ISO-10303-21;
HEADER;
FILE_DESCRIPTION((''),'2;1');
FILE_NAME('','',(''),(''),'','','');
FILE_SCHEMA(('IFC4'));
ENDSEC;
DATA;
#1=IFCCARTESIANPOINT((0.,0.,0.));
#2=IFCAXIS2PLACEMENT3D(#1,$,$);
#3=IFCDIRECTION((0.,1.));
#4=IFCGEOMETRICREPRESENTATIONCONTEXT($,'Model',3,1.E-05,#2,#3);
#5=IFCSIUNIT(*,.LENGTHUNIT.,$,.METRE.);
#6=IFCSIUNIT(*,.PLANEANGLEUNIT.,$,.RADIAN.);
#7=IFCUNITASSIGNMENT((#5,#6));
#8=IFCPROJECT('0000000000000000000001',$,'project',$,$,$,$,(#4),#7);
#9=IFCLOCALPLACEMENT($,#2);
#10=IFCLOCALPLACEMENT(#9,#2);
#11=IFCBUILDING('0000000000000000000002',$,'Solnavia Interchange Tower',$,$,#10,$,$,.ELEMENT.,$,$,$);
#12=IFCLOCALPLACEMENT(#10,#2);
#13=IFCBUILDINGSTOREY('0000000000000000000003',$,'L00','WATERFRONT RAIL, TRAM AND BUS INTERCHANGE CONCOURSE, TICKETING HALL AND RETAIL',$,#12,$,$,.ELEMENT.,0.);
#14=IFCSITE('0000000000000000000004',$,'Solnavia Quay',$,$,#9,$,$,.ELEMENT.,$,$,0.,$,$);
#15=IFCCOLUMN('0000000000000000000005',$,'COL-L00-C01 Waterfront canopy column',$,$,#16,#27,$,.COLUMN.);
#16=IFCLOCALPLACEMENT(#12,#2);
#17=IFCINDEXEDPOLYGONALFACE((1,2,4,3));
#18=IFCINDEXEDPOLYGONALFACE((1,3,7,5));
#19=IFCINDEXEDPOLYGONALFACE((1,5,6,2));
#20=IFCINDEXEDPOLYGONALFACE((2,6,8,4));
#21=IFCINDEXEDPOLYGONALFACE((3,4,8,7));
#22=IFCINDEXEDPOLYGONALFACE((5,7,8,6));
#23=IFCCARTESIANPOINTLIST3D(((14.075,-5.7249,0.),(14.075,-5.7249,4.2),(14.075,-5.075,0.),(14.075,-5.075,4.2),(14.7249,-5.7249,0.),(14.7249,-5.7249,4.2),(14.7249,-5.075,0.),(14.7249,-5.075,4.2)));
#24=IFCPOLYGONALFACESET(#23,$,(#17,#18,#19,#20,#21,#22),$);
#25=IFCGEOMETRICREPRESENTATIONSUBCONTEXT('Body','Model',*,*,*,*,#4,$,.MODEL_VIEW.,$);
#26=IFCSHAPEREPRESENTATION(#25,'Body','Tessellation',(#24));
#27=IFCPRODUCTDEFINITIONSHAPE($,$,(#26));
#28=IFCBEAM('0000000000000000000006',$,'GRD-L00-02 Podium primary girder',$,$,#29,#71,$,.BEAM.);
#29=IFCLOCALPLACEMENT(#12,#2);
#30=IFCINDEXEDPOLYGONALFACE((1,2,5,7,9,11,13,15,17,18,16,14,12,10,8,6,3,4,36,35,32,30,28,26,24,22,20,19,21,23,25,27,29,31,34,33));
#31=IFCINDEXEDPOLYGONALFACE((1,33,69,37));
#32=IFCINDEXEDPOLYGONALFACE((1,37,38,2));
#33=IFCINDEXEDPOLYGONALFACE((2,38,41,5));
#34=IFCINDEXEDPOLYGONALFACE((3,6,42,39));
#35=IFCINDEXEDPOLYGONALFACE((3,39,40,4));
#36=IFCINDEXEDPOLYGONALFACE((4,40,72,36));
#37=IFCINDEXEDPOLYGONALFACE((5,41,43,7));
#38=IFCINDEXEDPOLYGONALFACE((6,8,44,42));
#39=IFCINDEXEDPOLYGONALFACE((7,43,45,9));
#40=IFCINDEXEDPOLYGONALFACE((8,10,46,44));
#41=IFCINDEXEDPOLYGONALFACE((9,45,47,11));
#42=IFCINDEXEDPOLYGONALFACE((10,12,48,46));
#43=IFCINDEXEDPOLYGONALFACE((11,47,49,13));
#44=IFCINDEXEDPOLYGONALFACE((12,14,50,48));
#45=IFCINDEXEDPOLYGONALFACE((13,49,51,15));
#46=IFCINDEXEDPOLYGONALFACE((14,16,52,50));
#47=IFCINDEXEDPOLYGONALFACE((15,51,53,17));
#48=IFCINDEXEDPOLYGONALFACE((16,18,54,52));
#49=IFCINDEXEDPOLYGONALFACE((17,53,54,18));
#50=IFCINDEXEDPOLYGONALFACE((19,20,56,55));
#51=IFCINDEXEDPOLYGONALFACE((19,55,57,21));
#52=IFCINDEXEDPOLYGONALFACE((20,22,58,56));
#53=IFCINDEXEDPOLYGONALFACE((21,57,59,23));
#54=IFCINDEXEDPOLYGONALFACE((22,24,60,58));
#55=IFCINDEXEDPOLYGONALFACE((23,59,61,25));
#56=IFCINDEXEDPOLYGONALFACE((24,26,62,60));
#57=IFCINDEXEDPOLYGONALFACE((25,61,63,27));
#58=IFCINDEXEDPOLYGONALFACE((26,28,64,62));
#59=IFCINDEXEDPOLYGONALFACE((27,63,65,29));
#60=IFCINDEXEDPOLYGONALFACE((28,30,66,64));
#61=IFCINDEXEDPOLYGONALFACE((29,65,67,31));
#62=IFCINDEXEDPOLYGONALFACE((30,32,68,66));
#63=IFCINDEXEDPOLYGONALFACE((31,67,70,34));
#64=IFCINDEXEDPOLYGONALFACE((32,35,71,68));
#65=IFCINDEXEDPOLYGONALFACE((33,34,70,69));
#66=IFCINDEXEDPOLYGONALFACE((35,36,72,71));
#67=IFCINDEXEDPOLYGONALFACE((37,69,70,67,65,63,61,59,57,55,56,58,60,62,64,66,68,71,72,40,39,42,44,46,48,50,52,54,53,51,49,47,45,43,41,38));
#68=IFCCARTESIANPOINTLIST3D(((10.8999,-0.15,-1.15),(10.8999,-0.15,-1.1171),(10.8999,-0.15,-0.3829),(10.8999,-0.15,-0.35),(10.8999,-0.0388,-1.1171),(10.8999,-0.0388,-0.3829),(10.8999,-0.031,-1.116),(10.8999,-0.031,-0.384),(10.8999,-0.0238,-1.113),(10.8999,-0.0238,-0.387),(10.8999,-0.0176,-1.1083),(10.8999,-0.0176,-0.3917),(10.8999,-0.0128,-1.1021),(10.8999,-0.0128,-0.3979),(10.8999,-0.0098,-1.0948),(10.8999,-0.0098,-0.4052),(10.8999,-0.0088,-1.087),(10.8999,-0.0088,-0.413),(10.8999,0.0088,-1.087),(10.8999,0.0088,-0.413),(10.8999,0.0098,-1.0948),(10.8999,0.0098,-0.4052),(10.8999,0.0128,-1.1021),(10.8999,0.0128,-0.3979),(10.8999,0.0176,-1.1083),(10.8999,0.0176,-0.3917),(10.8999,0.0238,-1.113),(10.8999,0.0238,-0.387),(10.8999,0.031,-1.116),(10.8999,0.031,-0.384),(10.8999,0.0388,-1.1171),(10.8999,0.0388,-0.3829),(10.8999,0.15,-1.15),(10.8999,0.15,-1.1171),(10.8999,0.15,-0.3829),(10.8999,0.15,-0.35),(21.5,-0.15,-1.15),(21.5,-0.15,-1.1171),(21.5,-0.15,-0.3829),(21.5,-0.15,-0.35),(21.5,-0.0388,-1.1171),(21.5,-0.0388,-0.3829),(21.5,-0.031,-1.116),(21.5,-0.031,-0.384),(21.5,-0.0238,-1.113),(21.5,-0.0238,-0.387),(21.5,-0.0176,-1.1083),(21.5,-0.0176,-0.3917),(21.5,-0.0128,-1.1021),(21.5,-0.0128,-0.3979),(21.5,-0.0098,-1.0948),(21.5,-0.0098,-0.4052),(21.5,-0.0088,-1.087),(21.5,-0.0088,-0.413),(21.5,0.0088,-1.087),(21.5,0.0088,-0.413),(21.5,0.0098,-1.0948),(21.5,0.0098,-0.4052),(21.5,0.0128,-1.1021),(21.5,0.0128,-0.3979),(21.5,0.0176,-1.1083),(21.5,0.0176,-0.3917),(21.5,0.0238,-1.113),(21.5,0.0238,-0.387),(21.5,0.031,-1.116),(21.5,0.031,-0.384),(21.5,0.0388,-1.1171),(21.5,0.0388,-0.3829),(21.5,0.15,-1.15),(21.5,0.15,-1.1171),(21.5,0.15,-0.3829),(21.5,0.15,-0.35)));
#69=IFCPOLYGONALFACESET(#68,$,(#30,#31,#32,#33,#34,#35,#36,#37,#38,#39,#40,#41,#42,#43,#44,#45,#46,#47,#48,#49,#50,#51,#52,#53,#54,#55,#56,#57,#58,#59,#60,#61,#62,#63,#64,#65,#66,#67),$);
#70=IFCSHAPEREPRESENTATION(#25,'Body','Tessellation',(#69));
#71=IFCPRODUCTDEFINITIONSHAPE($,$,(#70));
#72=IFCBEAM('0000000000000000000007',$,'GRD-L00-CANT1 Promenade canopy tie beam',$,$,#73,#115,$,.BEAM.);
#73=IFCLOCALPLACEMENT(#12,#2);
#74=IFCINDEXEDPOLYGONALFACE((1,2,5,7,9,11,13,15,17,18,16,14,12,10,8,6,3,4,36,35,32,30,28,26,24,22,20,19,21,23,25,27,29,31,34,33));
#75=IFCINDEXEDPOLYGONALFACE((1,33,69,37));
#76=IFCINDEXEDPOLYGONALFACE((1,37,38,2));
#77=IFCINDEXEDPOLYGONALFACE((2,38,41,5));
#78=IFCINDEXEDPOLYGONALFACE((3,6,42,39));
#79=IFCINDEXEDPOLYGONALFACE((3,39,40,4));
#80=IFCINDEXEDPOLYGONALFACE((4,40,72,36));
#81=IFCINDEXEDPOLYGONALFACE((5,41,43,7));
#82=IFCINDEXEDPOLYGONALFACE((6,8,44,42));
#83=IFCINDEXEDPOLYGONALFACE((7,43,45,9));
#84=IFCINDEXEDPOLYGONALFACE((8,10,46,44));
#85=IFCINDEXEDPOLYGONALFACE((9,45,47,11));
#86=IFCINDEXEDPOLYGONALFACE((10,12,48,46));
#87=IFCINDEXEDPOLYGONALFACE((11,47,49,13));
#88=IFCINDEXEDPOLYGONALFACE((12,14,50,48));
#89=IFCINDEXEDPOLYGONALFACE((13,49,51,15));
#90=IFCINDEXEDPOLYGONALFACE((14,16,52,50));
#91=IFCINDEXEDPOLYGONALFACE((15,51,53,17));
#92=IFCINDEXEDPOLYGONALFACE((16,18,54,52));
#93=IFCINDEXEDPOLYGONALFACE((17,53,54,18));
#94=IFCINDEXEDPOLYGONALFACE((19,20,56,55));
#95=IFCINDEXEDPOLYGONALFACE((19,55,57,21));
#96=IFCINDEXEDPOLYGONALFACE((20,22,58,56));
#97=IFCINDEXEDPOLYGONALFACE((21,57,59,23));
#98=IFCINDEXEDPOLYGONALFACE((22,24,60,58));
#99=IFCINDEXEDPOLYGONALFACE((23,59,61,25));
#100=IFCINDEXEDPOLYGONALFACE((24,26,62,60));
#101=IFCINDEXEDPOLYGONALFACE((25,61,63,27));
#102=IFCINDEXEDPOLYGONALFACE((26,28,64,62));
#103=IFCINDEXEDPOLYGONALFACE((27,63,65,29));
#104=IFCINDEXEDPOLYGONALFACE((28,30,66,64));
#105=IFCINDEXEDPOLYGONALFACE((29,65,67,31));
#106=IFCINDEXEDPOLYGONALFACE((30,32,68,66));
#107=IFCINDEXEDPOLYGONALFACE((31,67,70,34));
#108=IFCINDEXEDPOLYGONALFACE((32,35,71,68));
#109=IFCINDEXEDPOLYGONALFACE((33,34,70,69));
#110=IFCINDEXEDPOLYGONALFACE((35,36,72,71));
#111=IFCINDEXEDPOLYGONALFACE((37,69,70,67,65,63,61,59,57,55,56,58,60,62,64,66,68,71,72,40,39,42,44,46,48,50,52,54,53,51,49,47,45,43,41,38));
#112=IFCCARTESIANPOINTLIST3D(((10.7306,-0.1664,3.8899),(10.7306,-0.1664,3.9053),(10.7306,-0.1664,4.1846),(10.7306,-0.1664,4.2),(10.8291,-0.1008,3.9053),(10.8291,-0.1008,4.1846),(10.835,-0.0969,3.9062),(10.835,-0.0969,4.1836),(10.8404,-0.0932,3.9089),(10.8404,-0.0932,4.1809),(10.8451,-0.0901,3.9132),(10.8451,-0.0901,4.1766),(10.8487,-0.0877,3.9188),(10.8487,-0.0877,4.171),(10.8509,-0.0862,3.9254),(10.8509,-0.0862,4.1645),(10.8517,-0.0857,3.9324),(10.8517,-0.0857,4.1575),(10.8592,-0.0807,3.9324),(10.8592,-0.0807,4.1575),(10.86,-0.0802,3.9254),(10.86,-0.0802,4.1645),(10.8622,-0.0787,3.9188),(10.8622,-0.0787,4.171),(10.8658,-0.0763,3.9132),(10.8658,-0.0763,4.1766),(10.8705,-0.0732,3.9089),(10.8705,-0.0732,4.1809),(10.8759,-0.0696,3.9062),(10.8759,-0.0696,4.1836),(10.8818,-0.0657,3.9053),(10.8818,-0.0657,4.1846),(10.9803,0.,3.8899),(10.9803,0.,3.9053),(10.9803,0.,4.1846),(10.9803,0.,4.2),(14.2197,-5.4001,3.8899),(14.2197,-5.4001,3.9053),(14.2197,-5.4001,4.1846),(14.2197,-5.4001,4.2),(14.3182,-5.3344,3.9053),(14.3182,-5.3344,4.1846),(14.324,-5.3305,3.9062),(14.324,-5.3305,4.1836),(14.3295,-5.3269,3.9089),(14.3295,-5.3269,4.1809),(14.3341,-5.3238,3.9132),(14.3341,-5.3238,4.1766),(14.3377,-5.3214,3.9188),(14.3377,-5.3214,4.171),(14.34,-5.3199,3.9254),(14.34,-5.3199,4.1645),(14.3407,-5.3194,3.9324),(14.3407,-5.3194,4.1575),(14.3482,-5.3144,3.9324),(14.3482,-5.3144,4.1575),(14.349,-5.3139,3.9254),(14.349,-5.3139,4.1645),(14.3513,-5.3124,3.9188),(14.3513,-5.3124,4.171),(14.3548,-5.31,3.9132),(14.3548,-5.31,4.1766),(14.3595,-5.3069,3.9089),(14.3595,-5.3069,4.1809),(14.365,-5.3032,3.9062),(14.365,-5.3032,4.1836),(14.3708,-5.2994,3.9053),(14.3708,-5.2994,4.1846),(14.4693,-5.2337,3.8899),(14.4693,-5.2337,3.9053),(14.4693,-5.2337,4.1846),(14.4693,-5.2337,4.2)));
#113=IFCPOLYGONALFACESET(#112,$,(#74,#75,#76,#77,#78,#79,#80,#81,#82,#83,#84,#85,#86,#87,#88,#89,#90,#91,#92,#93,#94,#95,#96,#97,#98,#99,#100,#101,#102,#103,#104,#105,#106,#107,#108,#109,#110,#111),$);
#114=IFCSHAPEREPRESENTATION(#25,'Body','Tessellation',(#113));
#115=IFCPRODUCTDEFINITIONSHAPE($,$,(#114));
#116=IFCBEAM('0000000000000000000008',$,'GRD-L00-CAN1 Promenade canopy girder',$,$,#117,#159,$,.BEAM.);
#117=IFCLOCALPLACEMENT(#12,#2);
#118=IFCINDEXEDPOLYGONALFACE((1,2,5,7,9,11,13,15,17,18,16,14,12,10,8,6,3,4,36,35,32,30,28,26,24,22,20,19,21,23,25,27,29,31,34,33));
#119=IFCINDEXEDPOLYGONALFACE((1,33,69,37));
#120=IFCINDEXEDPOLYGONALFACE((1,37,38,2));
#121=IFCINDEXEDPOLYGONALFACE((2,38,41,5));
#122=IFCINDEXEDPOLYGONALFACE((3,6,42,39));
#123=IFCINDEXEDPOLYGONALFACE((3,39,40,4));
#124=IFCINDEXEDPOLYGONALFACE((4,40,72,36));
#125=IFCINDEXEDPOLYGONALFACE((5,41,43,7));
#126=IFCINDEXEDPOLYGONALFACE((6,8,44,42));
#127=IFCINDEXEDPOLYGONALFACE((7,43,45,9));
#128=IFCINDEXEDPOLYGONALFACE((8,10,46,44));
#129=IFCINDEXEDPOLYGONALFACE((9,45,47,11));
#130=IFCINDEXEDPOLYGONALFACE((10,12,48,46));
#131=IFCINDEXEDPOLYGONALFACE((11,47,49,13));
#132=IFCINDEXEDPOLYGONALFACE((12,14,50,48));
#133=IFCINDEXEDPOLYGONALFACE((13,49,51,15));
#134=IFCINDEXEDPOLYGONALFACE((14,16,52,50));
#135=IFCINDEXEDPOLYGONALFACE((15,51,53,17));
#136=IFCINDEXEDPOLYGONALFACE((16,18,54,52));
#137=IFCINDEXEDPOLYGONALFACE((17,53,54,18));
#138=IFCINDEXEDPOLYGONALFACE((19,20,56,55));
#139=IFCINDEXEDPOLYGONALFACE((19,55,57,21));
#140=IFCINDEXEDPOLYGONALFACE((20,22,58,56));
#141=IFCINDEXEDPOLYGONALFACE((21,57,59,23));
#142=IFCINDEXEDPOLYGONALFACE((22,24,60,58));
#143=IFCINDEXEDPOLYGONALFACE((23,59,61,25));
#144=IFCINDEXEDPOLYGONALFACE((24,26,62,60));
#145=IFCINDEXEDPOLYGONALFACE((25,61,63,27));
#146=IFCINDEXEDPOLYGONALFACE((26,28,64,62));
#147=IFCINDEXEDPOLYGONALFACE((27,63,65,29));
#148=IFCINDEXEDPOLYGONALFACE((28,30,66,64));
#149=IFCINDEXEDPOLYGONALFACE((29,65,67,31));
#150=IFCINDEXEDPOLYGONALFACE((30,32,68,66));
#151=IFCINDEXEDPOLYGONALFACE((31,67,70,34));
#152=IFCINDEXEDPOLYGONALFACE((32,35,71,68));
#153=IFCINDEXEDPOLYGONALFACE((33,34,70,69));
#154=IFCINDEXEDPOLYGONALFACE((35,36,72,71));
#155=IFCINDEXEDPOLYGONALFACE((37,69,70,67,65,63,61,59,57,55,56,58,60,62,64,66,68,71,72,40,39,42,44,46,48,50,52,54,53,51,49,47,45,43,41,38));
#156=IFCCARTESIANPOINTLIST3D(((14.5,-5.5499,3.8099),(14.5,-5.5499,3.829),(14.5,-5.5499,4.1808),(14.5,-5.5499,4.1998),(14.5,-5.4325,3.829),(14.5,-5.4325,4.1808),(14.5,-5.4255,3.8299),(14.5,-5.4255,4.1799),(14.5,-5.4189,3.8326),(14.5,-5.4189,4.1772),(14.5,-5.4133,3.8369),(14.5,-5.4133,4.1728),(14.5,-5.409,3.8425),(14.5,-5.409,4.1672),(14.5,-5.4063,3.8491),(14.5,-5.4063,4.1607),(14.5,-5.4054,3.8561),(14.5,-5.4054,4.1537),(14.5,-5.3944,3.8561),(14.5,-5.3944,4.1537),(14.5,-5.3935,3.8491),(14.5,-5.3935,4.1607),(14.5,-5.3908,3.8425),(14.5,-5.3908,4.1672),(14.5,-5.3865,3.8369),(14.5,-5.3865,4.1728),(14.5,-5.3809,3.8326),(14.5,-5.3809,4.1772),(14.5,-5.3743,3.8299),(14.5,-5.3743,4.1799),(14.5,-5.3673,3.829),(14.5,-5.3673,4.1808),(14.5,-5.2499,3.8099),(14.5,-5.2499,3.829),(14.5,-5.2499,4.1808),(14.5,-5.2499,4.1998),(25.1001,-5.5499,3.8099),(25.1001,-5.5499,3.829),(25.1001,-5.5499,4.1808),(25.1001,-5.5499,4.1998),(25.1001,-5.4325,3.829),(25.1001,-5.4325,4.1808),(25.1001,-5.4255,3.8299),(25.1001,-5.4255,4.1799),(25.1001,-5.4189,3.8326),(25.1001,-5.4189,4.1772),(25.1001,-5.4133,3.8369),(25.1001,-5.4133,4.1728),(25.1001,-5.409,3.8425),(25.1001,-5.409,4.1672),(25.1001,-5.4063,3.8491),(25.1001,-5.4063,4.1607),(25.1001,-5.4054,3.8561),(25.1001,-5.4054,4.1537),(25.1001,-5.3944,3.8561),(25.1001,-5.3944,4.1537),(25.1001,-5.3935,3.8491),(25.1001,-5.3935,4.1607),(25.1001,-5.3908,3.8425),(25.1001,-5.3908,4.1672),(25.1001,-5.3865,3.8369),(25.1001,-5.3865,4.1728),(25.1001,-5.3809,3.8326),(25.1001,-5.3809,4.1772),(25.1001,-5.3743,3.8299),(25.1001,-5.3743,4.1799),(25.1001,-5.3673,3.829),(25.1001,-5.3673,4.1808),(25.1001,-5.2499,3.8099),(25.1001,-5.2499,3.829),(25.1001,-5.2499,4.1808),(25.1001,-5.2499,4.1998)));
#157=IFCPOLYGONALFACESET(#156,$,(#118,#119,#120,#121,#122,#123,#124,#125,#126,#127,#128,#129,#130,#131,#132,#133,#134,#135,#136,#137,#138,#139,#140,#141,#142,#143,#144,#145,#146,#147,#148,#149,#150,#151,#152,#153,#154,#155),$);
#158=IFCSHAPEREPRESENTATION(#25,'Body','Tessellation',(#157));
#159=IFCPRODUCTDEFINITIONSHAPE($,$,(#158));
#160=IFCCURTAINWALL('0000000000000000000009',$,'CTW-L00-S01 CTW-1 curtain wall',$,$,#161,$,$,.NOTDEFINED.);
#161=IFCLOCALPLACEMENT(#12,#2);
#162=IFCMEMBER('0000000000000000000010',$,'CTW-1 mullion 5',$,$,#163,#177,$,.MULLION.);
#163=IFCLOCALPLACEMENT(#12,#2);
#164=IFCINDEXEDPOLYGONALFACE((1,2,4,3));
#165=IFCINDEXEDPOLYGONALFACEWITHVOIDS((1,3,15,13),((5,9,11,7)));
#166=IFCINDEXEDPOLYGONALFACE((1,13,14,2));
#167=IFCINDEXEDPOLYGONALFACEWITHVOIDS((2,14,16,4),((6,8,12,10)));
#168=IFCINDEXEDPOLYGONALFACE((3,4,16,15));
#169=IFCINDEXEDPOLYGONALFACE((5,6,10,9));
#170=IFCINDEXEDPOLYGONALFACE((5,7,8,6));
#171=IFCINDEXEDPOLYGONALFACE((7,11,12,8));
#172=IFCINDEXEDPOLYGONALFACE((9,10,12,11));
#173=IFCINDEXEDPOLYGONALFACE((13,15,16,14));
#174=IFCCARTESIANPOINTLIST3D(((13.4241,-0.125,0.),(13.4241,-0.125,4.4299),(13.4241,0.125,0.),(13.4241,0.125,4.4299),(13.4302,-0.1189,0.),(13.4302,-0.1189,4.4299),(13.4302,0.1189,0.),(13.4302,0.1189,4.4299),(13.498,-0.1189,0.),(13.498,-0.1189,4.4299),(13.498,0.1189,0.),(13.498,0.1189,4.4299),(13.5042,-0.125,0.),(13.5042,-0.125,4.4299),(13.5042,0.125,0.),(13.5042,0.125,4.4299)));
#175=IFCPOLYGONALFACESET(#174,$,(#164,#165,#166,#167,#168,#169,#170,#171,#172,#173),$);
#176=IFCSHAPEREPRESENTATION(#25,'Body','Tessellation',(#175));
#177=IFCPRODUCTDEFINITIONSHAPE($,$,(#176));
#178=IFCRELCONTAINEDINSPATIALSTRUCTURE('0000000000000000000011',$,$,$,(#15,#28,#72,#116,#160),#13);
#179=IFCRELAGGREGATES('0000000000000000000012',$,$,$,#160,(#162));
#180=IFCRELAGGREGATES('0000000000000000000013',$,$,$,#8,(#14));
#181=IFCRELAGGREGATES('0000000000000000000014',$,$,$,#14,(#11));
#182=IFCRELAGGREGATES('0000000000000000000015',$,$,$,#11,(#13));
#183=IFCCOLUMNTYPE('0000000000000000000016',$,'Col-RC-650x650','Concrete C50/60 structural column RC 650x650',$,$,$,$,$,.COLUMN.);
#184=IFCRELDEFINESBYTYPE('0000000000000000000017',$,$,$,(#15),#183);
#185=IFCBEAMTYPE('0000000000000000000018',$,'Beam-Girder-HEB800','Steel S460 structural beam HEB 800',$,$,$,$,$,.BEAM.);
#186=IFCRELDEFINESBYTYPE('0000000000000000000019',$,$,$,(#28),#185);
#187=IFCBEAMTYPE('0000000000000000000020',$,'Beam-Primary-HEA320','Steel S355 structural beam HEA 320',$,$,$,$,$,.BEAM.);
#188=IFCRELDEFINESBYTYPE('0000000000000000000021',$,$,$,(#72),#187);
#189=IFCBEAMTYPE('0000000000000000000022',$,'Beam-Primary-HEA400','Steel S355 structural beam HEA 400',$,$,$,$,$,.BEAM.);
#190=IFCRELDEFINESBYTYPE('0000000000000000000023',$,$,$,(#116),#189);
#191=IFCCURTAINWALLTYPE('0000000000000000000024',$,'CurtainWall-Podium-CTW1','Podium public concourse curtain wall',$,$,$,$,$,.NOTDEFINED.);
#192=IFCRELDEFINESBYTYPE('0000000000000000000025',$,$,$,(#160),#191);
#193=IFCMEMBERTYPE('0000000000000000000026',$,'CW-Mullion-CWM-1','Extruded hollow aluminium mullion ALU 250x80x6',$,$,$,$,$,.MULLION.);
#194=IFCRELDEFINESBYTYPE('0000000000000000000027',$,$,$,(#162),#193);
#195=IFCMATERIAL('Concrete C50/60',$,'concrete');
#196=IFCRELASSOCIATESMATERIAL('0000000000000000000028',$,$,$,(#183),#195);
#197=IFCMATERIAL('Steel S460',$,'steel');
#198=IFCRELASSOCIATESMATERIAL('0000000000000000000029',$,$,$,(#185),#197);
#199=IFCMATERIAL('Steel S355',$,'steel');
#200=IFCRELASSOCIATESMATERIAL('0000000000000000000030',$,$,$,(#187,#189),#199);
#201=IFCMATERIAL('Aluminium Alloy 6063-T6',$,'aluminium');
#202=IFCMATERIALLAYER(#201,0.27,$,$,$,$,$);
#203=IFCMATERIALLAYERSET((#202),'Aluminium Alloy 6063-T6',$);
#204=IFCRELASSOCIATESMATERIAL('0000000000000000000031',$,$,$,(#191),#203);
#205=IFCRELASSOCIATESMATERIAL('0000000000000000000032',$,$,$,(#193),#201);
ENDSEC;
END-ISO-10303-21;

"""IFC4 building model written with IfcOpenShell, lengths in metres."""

from ifc_helpers import new_model, si_unit, direction, frame, origin, origin_2d, place, context, subcontext, project, spatial, rectangle, hollow_rectangle, i_section, extrude, material, layer, layer_set, material_profile, profile_set, type_object, element, aggregate, save


model = new_model("IFC4")

# Units and contexts
model_context = context("Model", 3, precision=1e-05, world=origin(), true_north=direction((0.0, 1.0)))
body_context = subcontext(model_context, "Body", "Model", "MODEL_VIEW")
ifc_project = project(units=[si_unit("LENGTHUNIT", "METRE"), si_unit("PLANEANGLEUNIT", "RADIAN")], contexts=[model_context])

# Site, building, storey
site_placement = place(None, origin())
site = spatial("IfcSite", under=ifc_project, at=site_placement, Name="Solnavia Quay", CompositionType="ELEMENT", RefElevation=0.0)
building_placement = place(site_placement, origin())
building = spatial("IfcBuilding", under=site, at=building_placement, Name="Solnavia Interchange Tower", CompositionType="ELEMENT")
storey_placement = place(building_placement, origin())
storey = spatial("IfcBuildingStorey", under=building, at=storey_placement, Name="L00", Description="WATERFRONT RAIL, TRAM AND BUS INTERCHANGE CONCOURSE, TICKETING HALL AND RETAIL", CompositionType="ELEMENT", Elevation=0.0)

# Column
ifc_material_1 = material(Name="Concrete C50/60", Category="concrete")
ifc_material_profile_1 = material_profile(ifc_material_1, rectangle(XDim=0.6499, YDim=0.6499, at=origin_2d()), Name="RC 650x650")
ifc_profile_set_1 = profile_set([ifc_material_profile_1], Name="Concrete C50/60")
column_type = type_object("IfcColumnType", Name="Col-RC-650x650", Description="Concrete C50/60 structural column RC 650x650", PredefinedType="COLUMN", material=ifc_profile_set_1)
column_placement = place(storey_placement, frame((14.3999, -5.3999, 0.0), z_axis=(0.0, 0.0, 1.0), x_axis=(1.0, 0.0, 0.0)))
element("IfcColumn", 1, at=column_placement, inside=storey, type_object=column_type, Name="COL-L00-C01 Waterfront canopy column", PredefinedType="COLUMN", context=body_context, shape_type="SweptSolid", body=[
    extrude(rectangle(XDim=0.6499, YDim=0.6499, at=origin_2d()), origin(), (0.0, 0.0, 1.0), 4.2),
])

# Beams
ifc_material_2 = material(Name="Steel S460", Category="steel")
ifc_material_profile_2 = material_profile(ifc_material_2, i_section(OverallWidth=0.3, OverallDepth=0.8, WebThickness=0.0176, FlangeThickness=0.033, FilletRadius=0.03, at=origin_2d()), Name="HEB 800")
ifc_profile_set_2 = profile_set([ifc_material_profile_2], Name="Steel S460")
beam_type_1 = type_object("IfcBeamType", Name="Beam-Girder-HEB800", Description="Steel S460 structural beam HEB 800", PredefinedType="BEAM", material=ifc_profile_set_2)
beam_1_placement = place(storey_placement, frame((10.8999, 0.0, -0.75), z_axis=(1.0, 0.0, 0.0), x_axis=(0.0, 1.0, 0.0)))
element("IfcBeam", 2, at=beam_1_placement, inside=storey, type_object=beam_type_1, Name="GRD-L00-02 Podium primary girder", PredefinedType="BEAM", context=body_context, shape_type="SweptSolid", body=[
    extrude(i_section(OverallWidth=0.3, OverallDepth=0.8, WebThickness=0.0176, FlangeThickness=0.033, FilletRadius=0.03, at=origin_2d()), origin(), (0.0, 0.0, 1.0), 10.6001),
])
ifc_material_3 = material(Name="Steel S355", Category="steel")
ifc_material_profile_3 = material_profile(ifc_material_3, i_section(OverallWidth=0.3, OverallDepth=0.3101, WebThickness=0.009, FlangeThickness=0.0154, FilletRadius=0.0271, at=origin_2d()), Name="HEA 320")
ifc_profile_set_3 = profile_set([ifc_material_profile_3], Name="Steel S355")
beam_type_2 = type_object("IfcBeamType", Name="Beam-Primary-HEA320", Description="Steel S355 structural beam HEA 320", PredefinedType="BEAM", material=ifc_profile_set_3)
beam_2_placement = place(storey_placement, frame((14.3445, -5.3169, 4.0449), z_axis=(-0.554691, 0.832056, 0.0), x_axis=(-0.832056, -0.554691, 0.0)))
element("IfcBeam", 3, at=beam_2_placement, inside=storey, type_object=beam_type_2, Name="GRD-L00-CANT1 Promenade canopy tie beam", PredefinedType="BEAM", context=body_context, shape_type="SweptSolid", body=[
    extrude(i_section(OverallWidth=0.3, OverallDepth=0.3101, WebThickness=0.009, FlangeThickness=0.0154, FilletRadius=0.0271, at=origin_2d()), origin(), (0.0, 0.0, 1.0), 6.29),
])
ifc_material_profile_4 = material_profile(ifc_material_3, i_section(OverallWidth=0.3, OverallDepth=0.3899, WebThickness=0.011, FlangeThickness=0.019, FilletRadius=0.0271, at=origin_2d()), Name="HEA 400")
ifc_profile_set_4 = profile_set([ifc_material_profile_4], Name="Steel S355")
beam_type_3 = type_object("IfcBeamType", Name="Beam-Primary-HEA400", Description="Steel S355 structural beam HEA 400", PredefinedType="BEAM", material=ifc_profile_set_4)
beam_3_placement = place(storey_placement, frame((14.5, -5.3999, 4.0049), z_axis=(1.0, 0.0, 0.0), x_axis=(0.0, 1.0, 0.0)))
element("IfcBeam", 4, at=beam_3_placement, inside=storey, type_object=beam_type_3, Name="GRD-L00-CAN1 Promenade canopy girder", PredefinedType="BEAM", context=body_context, shape_type="SweptSolid", body=[
    extrude(i_section(OverallWidth=0.3, OverallDepth=0.3899, WebThickness=0.011, FlangeThickness=0.019, FilletRadius=0.0271, at=origin_2d()), origin(), (0.0, 0.0, 1.0), 10.6001),
])

# Curtain wall, member
ifc_material_4 = material(Name="Aluminium Alloy 6063-T6", Category="aluminium")
ifc_layer_1 = layer(ifc_material_4, 0.27)
ifc_layer_set_1 = layer_set([ifc_layer_1], Name="Aluminium Alloy 6063-T6")
curtain_wall_type = type_object("IfcCurtainWallType", Name="CurtainWall-Podium-CTW1", Description="Podium public concourse curtain wall", PredefinedType="NOTDEFINED", material=ifc_layer_set_1)
curtain_wall_placement = place(storey_placement, origin())
curtain_wall = element("IfcCurtainWall", 5, at=curtain_wall_placement, inside=storey, type_object=curtain_wall_type, Name="CTW-L00-S01 CTW-1 curtain wall", PredefinedType="NOTDEFINED")
ifc_material_profile_5 = material_profile(ifc_material_4, hollow_rectangle(XDim=0.0801, YDim=0.25, WallThickness=0.0061, at=origin_2d()), Name="ALU 250x80x6")
ifc_profile_set_5 = profile_set([ifc_material_profile_5], Name="Aluminium Alloy 6063-T6")
member_type_1 = type_object("IfcMemberType", Name="CW-Mullion-CWM-1", Description="Extruded hollow aluminium mullion ALU 250x80x6", PredefinedType="MULLION", material=ifc_profile_set_5)
member_1_placement = place(storey_placement, frame((13.4641, 0.0, 0.0), z_axis=(0.0, 0.0, 1.0), x_axis=(-1.0, 0.0, 0.0)))
member_1 = element("IfcMember", 6, at=member_1_placement, type_object=member_type_1, Name="CTW-1 mullion 5", PredefinedType="MULLION", context=body_context, shape_type="SweptSolid", body=[
    extrude(hollow_rectangle(XDim=0.0801, YDim=0.25, WallThickness=0.0061, at=origin_2d()), origin(), (0.0, 0.0, 1.0), 4.4299),
])
aggregate(curtain_wall, [member_1])

save(model, "model.ifc")
